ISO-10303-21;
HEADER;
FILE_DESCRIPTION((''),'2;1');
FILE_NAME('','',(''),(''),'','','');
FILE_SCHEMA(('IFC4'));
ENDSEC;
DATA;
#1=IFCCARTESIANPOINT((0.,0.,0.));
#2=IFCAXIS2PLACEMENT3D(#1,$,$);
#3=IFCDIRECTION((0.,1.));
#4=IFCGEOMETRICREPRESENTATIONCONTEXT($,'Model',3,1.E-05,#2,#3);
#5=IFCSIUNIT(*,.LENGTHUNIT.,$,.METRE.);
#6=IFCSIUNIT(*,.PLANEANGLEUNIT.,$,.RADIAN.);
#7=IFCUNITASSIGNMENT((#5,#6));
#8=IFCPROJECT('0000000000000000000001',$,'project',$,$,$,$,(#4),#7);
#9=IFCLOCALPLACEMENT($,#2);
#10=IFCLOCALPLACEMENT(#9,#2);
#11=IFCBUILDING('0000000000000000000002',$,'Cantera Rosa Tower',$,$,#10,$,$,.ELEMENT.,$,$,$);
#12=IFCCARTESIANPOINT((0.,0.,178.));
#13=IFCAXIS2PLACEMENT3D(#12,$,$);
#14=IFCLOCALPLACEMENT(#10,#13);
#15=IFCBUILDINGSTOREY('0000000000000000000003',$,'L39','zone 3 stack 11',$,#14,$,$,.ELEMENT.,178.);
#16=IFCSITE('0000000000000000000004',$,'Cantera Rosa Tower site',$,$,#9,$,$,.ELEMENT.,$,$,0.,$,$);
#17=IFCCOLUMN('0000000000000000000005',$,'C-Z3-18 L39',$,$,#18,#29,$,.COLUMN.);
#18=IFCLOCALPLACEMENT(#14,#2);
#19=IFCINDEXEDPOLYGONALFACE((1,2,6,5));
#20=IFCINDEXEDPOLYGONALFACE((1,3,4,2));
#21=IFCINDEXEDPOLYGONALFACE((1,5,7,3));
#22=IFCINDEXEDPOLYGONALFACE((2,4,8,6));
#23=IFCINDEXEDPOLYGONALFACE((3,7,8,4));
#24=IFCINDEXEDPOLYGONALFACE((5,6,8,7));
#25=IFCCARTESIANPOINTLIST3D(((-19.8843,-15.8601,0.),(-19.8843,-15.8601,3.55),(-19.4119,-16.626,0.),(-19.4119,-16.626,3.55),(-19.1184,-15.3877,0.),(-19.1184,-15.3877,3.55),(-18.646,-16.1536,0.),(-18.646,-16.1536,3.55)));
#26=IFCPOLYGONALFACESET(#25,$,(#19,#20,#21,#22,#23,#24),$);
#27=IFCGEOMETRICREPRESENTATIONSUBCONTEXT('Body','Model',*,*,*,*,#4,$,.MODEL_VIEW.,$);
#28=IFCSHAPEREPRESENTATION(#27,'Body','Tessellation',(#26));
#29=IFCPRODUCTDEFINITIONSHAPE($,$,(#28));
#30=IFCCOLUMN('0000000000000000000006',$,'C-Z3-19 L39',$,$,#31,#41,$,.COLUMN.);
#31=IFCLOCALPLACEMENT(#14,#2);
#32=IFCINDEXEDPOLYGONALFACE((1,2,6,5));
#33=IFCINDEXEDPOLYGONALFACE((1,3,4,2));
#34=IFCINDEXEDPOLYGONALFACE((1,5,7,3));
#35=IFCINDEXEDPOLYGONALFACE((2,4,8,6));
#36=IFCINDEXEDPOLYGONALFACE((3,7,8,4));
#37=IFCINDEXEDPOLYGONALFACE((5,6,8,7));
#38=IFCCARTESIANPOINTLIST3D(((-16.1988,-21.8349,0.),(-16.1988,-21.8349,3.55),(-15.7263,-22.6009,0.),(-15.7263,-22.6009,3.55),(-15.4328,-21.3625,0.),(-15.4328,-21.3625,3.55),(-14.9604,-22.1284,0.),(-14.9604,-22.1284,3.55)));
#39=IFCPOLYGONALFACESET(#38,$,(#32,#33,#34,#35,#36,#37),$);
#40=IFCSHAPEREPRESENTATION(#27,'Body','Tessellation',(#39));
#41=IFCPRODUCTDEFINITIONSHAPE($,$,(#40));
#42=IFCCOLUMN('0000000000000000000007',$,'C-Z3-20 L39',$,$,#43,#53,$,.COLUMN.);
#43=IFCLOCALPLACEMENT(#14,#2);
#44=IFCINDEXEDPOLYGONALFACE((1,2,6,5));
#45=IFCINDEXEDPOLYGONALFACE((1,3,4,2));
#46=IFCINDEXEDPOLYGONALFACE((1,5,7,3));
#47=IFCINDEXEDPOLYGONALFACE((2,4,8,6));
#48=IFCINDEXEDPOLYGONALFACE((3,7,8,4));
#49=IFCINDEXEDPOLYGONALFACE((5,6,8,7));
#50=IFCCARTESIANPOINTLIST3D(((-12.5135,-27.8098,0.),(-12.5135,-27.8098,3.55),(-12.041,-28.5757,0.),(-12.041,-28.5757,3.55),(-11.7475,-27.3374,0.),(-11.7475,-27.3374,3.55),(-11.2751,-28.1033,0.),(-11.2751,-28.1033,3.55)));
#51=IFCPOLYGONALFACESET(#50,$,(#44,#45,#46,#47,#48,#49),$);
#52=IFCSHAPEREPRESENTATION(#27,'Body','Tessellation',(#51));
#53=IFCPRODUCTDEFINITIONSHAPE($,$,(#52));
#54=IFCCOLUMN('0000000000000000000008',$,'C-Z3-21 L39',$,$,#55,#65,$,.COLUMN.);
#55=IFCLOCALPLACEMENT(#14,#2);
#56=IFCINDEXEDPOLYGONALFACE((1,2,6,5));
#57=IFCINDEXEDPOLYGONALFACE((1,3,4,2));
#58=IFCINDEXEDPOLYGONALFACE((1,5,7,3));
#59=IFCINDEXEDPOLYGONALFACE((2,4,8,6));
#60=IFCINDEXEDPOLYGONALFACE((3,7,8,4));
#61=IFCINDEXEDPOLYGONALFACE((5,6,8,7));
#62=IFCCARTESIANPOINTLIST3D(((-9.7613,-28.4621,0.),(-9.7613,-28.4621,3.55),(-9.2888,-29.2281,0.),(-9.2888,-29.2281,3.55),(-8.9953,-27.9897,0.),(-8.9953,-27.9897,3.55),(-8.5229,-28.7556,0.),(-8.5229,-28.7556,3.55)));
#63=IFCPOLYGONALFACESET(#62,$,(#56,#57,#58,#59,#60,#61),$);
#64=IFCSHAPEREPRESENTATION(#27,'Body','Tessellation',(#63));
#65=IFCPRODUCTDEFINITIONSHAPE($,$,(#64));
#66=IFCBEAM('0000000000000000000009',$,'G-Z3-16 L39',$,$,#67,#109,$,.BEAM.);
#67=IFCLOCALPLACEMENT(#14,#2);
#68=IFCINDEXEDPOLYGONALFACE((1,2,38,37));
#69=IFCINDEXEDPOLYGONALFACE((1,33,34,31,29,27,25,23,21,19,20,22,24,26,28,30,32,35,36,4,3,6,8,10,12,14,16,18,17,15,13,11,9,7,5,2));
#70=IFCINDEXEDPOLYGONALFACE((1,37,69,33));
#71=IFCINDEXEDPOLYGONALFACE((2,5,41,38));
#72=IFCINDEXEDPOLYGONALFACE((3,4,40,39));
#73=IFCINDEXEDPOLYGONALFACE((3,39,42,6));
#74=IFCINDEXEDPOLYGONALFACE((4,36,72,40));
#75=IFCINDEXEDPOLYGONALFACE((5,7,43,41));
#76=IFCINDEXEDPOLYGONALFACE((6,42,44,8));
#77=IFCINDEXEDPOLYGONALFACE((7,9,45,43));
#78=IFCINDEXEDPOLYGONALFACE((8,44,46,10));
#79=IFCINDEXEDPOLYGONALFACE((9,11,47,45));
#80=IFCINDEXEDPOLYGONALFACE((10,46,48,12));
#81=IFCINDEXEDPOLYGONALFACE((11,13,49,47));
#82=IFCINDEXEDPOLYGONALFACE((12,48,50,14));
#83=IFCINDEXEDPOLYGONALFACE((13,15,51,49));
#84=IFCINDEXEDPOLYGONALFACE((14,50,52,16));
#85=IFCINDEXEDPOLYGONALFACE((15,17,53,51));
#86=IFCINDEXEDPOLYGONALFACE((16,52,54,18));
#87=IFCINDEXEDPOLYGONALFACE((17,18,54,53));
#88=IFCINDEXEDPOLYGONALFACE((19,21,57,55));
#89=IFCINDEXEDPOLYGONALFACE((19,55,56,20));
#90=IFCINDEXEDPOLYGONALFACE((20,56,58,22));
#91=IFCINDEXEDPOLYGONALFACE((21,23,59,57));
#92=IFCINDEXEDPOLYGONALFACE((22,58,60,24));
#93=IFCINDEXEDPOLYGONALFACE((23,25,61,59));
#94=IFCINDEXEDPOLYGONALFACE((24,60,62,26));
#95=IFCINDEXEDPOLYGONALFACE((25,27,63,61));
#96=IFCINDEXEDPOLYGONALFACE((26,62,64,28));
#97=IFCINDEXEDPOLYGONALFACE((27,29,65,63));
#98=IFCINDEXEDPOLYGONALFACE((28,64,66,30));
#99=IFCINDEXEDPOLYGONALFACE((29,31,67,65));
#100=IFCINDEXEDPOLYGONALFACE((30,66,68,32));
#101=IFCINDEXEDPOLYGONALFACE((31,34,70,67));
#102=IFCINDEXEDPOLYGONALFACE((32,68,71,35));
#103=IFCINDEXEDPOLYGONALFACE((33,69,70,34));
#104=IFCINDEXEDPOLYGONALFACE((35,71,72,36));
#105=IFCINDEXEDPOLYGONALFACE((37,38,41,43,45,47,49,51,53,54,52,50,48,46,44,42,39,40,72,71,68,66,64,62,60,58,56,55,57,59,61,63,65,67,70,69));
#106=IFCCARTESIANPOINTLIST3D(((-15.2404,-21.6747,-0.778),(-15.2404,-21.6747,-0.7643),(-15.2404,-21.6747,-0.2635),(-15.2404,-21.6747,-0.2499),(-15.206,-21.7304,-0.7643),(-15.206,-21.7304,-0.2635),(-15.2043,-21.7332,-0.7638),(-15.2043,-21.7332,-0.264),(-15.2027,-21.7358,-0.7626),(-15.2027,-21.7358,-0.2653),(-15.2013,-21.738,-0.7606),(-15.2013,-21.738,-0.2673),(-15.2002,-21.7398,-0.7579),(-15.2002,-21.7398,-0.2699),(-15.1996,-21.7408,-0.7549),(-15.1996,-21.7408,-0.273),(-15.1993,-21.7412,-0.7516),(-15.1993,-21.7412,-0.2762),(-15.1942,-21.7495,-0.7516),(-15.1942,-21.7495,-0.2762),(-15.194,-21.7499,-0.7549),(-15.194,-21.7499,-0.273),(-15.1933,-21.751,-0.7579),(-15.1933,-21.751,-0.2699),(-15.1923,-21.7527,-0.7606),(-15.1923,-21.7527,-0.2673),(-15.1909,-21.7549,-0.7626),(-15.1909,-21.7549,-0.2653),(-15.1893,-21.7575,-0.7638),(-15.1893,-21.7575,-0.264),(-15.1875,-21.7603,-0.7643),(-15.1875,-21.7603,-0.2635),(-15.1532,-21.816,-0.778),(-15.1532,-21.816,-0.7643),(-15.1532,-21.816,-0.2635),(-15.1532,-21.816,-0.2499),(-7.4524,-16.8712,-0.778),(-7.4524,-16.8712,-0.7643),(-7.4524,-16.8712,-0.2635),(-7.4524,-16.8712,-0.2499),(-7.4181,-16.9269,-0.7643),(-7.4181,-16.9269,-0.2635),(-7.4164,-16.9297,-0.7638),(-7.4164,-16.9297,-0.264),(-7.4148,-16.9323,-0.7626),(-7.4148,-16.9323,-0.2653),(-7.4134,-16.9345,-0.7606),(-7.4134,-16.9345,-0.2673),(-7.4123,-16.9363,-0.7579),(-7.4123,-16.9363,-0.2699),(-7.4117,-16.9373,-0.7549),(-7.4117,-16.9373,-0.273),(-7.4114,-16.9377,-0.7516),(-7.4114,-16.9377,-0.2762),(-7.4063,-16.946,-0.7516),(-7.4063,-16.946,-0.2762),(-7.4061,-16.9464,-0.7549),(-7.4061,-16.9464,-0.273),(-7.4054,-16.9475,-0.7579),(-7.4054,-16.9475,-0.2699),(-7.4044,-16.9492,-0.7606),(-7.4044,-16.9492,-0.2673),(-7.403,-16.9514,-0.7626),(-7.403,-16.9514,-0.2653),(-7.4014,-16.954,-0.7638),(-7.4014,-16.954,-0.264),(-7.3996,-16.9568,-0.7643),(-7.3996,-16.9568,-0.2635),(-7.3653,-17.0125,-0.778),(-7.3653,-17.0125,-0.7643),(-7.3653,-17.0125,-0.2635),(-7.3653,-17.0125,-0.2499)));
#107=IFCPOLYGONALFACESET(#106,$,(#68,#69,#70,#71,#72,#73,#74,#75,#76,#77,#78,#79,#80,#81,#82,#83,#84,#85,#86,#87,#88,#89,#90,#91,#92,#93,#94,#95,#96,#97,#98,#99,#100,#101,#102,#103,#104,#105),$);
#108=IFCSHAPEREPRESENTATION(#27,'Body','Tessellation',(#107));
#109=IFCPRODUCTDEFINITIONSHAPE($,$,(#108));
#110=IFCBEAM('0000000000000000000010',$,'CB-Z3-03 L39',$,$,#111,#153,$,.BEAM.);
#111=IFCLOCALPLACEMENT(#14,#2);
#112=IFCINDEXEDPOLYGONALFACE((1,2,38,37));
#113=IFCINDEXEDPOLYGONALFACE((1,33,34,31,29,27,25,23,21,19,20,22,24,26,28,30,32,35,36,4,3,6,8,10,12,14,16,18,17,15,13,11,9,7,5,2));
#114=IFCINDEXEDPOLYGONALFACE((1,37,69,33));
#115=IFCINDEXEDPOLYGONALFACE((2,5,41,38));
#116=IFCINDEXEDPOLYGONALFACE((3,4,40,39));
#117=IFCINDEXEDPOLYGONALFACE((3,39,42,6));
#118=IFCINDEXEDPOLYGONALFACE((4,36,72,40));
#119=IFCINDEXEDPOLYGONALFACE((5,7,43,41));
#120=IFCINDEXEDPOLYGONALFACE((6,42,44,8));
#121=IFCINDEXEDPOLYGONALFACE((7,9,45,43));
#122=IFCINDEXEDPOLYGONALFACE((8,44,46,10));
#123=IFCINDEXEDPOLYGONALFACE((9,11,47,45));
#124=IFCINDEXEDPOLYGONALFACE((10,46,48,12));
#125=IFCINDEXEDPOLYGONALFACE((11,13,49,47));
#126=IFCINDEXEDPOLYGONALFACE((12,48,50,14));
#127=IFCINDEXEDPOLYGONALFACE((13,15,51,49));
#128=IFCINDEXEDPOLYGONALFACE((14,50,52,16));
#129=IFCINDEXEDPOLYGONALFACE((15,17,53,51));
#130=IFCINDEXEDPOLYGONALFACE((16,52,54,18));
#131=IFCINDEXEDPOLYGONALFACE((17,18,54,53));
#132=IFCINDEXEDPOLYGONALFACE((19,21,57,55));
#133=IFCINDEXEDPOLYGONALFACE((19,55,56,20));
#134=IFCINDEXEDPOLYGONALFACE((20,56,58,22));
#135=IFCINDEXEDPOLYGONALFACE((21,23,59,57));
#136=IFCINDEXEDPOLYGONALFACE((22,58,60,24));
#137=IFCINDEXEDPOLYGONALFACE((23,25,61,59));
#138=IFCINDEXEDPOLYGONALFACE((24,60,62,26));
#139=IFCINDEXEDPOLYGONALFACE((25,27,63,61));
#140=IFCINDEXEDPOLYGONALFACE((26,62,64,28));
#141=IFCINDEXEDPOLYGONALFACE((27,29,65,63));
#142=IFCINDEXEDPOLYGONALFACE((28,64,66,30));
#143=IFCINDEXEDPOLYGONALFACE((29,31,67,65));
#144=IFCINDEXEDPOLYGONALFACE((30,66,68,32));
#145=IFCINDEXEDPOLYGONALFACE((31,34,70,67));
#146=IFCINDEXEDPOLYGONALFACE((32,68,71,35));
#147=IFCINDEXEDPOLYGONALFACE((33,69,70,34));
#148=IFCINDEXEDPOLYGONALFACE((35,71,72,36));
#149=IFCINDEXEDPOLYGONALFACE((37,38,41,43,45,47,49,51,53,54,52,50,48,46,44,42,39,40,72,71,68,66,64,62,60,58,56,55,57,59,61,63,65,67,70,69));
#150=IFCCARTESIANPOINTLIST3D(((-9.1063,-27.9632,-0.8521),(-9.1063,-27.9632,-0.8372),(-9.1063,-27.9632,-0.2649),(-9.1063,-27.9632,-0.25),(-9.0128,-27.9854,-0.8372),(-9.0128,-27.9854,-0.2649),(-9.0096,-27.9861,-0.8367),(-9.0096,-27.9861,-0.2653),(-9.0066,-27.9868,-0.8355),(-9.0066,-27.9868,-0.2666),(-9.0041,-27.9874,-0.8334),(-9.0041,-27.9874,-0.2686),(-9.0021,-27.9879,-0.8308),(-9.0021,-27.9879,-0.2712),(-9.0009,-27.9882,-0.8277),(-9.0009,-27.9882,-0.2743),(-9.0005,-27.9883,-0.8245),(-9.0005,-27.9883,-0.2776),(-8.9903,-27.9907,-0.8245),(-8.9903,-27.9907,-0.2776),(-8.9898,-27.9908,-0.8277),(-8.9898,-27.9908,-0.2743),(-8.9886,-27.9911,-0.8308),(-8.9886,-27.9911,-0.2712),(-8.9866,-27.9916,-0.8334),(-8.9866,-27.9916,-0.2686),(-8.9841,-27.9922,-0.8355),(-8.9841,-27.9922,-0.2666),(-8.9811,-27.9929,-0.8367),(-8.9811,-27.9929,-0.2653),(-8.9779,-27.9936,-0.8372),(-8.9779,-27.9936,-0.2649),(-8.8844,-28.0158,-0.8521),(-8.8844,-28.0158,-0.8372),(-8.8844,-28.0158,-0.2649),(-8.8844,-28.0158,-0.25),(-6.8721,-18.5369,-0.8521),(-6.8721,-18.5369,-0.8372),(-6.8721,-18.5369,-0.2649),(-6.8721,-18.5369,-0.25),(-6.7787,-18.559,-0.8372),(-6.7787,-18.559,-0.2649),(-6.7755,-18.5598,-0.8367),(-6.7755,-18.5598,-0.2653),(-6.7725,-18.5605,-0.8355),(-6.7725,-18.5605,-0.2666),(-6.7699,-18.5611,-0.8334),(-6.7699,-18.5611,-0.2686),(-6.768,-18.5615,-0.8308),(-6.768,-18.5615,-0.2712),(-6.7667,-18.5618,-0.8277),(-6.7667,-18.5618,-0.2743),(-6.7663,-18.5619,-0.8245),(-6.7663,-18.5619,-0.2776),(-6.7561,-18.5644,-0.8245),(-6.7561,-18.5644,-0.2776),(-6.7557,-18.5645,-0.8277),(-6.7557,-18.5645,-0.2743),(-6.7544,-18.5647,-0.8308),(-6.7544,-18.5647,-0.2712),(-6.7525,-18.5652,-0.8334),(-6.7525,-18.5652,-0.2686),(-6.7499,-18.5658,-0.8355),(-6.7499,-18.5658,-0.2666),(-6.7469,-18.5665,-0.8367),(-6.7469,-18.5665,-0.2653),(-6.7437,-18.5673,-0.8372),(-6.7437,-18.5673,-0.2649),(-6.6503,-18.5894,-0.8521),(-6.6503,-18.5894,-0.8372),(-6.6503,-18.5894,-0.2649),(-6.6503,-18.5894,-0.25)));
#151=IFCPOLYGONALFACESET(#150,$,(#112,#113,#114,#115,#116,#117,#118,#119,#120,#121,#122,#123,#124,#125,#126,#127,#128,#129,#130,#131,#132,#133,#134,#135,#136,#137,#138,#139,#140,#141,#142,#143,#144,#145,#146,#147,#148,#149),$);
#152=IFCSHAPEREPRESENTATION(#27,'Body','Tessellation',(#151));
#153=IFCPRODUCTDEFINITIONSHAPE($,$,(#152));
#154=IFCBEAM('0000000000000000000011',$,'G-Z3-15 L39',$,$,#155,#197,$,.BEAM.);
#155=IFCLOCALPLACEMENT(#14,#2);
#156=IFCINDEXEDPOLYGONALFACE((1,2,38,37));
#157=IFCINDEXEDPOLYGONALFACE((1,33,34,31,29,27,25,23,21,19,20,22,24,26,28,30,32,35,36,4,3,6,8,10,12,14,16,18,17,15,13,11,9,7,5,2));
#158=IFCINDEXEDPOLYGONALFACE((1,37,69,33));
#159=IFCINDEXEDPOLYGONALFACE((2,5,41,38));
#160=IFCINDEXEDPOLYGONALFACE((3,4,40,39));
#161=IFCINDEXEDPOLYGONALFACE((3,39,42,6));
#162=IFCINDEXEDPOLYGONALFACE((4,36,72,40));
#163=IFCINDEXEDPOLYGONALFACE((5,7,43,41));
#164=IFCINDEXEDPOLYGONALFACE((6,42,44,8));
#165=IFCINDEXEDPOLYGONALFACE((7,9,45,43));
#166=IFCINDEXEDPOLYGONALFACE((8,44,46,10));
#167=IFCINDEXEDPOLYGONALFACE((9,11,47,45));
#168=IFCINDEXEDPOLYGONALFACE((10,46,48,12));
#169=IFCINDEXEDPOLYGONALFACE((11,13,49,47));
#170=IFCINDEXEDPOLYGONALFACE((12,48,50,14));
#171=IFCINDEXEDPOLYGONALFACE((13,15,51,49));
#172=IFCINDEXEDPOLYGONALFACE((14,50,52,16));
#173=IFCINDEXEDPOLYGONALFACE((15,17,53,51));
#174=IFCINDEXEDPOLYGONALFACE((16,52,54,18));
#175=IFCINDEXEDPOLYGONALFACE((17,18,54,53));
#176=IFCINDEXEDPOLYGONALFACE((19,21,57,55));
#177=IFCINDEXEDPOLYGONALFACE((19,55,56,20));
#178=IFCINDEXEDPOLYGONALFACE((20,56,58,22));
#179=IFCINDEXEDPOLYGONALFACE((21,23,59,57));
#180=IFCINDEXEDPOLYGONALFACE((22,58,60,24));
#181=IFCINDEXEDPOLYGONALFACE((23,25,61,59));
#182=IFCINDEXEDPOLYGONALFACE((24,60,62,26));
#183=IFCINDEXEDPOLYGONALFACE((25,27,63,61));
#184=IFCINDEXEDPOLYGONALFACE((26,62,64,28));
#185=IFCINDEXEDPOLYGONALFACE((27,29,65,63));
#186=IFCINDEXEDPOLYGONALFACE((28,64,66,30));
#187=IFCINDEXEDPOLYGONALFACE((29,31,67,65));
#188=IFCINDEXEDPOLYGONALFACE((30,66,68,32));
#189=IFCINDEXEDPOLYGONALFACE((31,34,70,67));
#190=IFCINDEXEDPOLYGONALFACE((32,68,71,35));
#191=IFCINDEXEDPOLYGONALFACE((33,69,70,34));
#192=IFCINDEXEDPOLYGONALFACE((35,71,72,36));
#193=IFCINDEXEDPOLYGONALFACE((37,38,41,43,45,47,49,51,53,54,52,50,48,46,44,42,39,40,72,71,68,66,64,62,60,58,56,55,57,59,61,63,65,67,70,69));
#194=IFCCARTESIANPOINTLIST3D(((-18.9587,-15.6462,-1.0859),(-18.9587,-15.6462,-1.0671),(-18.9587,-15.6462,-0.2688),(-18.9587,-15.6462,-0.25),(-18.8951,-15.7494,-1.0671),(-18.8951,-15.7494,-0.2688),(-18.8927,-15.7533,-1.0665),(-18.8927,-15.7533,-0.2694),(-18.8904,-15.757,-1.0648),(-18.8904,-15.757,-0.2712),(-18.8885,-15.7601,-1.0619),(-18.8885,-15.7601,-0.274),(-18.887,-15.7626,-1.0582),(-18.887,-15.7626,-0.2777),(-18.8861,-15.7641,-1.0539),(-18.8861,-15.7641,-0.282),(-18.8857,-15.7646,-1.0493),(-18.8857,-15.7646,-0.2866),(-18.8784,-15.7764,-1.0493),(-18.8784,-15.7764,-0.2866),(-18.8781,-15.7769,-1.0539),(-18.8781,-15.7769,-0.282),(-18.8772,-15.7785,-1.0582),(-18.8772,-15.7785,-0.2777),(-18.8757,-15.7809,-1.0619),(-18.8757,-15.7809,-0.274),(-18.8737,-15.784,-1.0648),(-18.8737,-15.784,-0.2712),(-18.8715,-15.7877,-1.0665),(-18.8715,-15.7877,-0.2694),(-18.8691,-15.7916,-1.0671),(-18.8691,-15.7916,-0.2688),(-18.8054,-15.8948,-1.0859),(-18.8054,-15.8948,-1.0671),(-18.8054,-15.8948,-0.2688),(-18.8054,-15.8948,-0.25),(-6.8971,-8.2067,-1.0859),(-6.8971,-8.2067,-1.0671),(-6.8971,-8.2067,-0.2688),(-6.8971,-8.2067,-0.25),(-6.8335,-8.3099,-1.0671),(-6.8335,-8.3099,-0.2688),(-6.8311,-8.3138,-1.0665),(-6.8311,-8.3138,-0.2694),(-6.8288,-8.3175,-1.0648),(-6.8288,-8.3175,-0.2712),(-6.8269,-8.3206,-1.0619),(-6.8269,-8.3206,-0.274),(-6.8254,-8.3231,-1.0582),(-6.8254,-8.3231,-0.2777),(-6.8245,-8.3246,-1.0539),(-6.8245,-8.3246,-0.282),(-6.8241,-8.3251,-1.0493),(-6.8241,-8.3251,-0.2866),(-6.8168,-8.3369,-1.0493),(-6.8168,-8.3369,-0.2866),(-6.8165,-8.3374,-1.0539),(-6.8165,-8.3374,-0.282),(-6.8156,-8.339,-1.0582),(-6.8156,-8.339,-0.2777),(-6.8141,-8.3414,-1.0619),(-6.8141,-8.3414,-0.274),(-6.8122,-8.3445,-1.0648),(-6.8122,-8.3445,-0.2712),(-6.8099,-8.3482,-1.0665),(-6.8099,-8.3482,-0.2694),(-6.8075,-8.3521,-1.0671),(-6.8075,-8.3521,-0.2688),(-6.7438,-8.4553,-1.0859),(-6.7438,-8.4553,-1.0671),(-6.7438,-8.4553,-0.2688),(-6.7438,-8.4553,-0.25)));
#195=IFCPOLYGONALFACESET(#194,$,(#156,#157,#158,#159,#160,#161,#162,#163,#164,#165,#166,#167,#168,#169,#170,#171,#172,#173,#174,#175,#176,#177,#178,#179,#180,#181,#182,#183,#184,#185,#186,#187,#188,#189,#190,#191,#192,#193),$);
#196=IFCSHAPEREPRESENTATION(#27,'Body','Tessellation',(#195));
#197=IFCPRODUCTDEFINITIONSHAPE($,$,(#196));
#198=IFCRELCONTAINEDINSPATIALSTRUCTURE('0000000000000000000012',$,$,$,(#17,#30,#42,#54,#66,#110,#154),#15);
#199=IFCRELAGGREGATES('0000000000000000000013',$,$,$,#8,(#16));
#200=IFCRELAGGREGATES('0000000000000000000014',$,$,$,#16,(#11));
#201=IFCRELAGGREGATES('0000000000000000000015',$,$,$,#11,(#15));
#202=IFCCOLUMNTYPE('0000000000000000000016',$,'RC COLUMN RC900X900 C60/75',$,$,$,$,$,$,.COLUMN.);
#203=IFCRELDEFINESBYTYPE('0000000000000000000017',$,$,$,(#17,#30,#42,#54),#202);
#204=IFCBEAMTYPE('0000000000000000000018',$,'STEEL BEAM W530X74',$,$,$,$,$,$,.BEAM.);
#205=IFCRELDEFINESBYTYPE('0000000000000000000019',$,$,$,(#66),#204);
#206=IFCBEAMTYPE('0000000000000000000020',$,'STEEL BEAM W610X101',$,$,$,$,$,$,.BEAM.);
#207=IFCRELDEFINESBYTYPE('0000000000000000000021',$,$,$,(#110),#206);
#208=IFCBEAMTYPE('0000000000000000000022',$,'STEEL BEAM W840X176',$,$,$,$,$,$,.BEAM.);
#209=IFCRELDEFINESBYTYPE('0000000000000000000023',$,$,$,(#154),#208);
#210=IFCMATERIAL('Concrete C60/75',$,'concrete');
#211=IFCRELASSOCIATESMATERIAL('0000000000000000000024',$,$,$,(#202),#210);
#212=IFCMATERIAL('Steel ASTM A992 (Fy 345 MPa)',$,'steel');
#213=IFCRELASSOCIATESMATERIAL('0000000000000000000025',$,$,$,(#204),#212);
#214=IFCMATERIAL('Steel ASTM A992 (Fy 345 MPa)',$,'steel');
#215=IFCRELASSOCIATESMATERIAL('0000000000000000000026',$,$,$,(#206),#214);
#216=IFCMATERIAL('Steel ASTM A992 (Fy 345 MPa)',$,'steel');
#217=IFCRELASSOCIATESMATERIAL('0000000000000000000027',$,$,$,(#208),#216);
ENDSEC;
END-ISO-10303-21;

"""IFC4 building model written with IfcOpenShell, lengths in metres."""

from ifc_helpers import new_model, si_unit, direction, frame, origin, origin_2d, place, context, subcontext, project, spatial, rectangle, i_section, extrude, material, material_profile, profile_set, type_object, element, save


model = new_model("IFC4")

# Units and contexts
model_context = context("Model", 3, precision=1e-05, world=origin(), true_north=direction((0.0, 1.0)))
body_context = subcontext(model_context, "Body", "Model", "MODEL_VIEW")
ifc_project = project(units=[si_unit("LENGTHUNIT", "METRE"), si_unit("PLANEANGLEUNIT", "RADIAN")], contexts=[model_context])

# Site, building, storey
site_placement = place(None, origin())
site = spatial("IfcSite", under=ifc_project, at=site_placement, Name="Cantera Rosa Tower site", CompositionType="ELEMENT", RefElevation=0.0)
building_placement = place(site_placement, origin())
building = spatial("IfcBuilding", under=site, at=building_placement, Name="Cantera Rosa Tower", CompositionType="ELEMENT")
storey_placement = place(building_placement, frame((0.0, 0.0, 178.0)))
storey = spatial("IfcBuildingStorey", under=building, at=storey_placement, Name="L39", Description="zone 3 stack 11", CompositionType="ELEMENT", Elevation=178.0)

# Columns
ifc_material_1 = material(Name="Concrete C60/75", Category="concrete")
ifc_material_profile_1 = material_profile(ifc_material_1, rectangle(XDim=0.8999, YDim=0.8999, at=origin_2d()), Name="RC COLUMN RC900X900 C60/75")
ifc_profile_set_1 = profile_set([ifc_material_profile_1], Name="Concrete C60/75")
column_type = type_object("IfcColumnType", Name="RC COLUMN RC900X900 C60/75", PredefinedType="COLUMN", material=ifc_profile_set_1)
for number, where, z_axis, x_axis, name in (
    (1, (-19.2651, -16.0068, 0.0), (0.0, 0.0, 1.0), (0.851117, 0.524977, 0.0), "C-Z3-18 L39"),
    (2, (-15.5796, -21.9817, 0.0), (0.0, 0.0, 1.0), (0.851117, 0.524977, 0.0), "C-Z3-19 L39"),
    (3, (-11.8943, -27.9565, 0.0), (0.0, 0.0, 1.0), (0.851117, 0.524977, 0.0), "C-Z3-20 L39"),
    (4, (-9.1421, -28.6089, 0.0), (0.0, 0.0, 1.0), (0.851117, 0.524977, 0.0), "C-Z3-21 L39"),
):
    element("IfcColumn", number, at=place(storey_placement, frame(where, z_axis=z_axis, x_axis=x_axis)), inside=storey, type_object=column_type, Name=name, PredefinedType="COLUMN", context=body_context, shape_type="SweptSolid", body=[
        extrude(rectangle(XDim=0.8999, YDim=0.8999, at=origin_2d()), origin(), (0.0, 0.0, 1.0), 3.55),
    ])

# Beams
ifc_material_2 = material(Name="Steel ASTM A992 (Fy 345 MPa)", Category="steel")
ifc_material_profile_2 = material_profile(ifc_material_2, i_section(OverallWidth=0.166, OverallDepth=0.5281, WebThickness=0.0098, FlangeThickness=0.0137, FilletRadius=0.0127, at=origin_2d()), Name="W530X74")
ifc_profile_set_2 = profile_set([ifc_material_profile_2], Name="Steel ASTM A992 (Fy 345 MPa)")
beam_type_1 = type_object("IfcBeamType", Name="STEEL BEAM W530X74", PredefinedType="BEAM", material=ifc_profile_set_2)
beam_1_placement = place(storey_placement, frame((-15.1968, -21.7454, -0.5139), z_axis=(0.851124, 0.524965, 0.0), x_axis=(-0.524965, 0.851124, 0.0)))
element("IfcBeam", 5, at=beam_1_placement, inside=storey, type_object=beam_type_1, Name="G-Z3-16 L39", PredefinedType="BEAM", context=body_context, shape_type="SweptSolid", body=[
    extrude(i_section(OverallWidth=0.166, OverallDepth=0.5281, WebThickness=0.0098, FlangeThickness=0.0137, FilletRadius=0.0127, at=origin_2d()), origin(), (0.0, 0.0, 1.0), 9.1501),
])
ifc_material_3 = material(Name="Steel ASTM A992 (Fy 345 MPa)", Category="steel")
ifc_material_profile_3 = material_profile(ifc_material_3, i_section(OverallWidth=0.228, OverallDepth=0.6021, WebThickness=0.0105, FlangeThickness=0.0149, FilletRadius=0.0127, at=origin_2d()), Name="W610X101")
ifc_profile_set_3 = profile_set([ifc_material_profile_3], Name="Steel ASTM A992 (Fy 345 MPa)")
beam_type_2 = type_object("IfcBeamType", Name="STEEL BEAM W610X101", PredefinedType="BEAM", material=ifc_profile_set_3)
beam_2_placement = place(storey_placement, frame((-8.9954, -27.9895, -0.551), z_axis=(0.230622, 0.973043, 0.0), x_axis=(-0.973043, 0.230622, 0.0)))
element("IfcBeam", 6, at=beam_2_placement, inside=storey, type_object=beam_type_2, Name="CB-Z3-03 L39", PredefinedType="BEAM", context=body_context, shape_type="SweptSolid", body=[
    extrude(i_section(OverallWidth=0.228, OverallDepth=0.6021, WebThickness=0.0105, FlangeThickness=0.0149, FilletRadius=0.0127, at=origin_2d()), origin(), (0.0, 0.0, 1.0), 9.6875),
])
ifc_material_4 = material(Name="Steel ASTM A992 (Fy 345 MPa)", Category="steel")
ifc_material_profile_4 = material_profile(ifc_material_4, i_section(OverallWidth=0.292, OverallDepth=0.8359, WebThickness=0.0139, FlangeThickness=0.0188, FilletRadius=0.0178, at=origin_2d()), Name="W840X176")
ifc_profile_set_4 = profile_set([ifc_material_profile_4], Name="Steel ASTM A992 (Fy 345 MPa)")
beam_type_3 = type_object("IfcBeamType", Name="STEEL BEAM W840X176", PredefinedType="BEAM", material=ifc_profile_set_4)
beam_3_placement = place(storey_placement, frame((-18.8821, -15.7705, -0.668), z_axis=(0.851123, 0.524966, 0.0), x_axis=(-0.524966, 0.851123, 0.0)))
element("IfcBeam", 7, at=beam_3_placement, inside=storey, type_object=beam_type_3, Name="G-Z3-15 L39", PredefinedType="BEAM", context=body_context, shape_type="SweptSolid", body=[
    extrude(i_section(OverallWidth=0.292, OverallDepth=0.8359, WebThickness=0.0139, FlangeThickness=0.0188, FilletRadius=0.0178, at=origin_2d()), origin(), (0.0, 0.0, 1.0), 14.1714),
])

save(model, "model.ifc")
